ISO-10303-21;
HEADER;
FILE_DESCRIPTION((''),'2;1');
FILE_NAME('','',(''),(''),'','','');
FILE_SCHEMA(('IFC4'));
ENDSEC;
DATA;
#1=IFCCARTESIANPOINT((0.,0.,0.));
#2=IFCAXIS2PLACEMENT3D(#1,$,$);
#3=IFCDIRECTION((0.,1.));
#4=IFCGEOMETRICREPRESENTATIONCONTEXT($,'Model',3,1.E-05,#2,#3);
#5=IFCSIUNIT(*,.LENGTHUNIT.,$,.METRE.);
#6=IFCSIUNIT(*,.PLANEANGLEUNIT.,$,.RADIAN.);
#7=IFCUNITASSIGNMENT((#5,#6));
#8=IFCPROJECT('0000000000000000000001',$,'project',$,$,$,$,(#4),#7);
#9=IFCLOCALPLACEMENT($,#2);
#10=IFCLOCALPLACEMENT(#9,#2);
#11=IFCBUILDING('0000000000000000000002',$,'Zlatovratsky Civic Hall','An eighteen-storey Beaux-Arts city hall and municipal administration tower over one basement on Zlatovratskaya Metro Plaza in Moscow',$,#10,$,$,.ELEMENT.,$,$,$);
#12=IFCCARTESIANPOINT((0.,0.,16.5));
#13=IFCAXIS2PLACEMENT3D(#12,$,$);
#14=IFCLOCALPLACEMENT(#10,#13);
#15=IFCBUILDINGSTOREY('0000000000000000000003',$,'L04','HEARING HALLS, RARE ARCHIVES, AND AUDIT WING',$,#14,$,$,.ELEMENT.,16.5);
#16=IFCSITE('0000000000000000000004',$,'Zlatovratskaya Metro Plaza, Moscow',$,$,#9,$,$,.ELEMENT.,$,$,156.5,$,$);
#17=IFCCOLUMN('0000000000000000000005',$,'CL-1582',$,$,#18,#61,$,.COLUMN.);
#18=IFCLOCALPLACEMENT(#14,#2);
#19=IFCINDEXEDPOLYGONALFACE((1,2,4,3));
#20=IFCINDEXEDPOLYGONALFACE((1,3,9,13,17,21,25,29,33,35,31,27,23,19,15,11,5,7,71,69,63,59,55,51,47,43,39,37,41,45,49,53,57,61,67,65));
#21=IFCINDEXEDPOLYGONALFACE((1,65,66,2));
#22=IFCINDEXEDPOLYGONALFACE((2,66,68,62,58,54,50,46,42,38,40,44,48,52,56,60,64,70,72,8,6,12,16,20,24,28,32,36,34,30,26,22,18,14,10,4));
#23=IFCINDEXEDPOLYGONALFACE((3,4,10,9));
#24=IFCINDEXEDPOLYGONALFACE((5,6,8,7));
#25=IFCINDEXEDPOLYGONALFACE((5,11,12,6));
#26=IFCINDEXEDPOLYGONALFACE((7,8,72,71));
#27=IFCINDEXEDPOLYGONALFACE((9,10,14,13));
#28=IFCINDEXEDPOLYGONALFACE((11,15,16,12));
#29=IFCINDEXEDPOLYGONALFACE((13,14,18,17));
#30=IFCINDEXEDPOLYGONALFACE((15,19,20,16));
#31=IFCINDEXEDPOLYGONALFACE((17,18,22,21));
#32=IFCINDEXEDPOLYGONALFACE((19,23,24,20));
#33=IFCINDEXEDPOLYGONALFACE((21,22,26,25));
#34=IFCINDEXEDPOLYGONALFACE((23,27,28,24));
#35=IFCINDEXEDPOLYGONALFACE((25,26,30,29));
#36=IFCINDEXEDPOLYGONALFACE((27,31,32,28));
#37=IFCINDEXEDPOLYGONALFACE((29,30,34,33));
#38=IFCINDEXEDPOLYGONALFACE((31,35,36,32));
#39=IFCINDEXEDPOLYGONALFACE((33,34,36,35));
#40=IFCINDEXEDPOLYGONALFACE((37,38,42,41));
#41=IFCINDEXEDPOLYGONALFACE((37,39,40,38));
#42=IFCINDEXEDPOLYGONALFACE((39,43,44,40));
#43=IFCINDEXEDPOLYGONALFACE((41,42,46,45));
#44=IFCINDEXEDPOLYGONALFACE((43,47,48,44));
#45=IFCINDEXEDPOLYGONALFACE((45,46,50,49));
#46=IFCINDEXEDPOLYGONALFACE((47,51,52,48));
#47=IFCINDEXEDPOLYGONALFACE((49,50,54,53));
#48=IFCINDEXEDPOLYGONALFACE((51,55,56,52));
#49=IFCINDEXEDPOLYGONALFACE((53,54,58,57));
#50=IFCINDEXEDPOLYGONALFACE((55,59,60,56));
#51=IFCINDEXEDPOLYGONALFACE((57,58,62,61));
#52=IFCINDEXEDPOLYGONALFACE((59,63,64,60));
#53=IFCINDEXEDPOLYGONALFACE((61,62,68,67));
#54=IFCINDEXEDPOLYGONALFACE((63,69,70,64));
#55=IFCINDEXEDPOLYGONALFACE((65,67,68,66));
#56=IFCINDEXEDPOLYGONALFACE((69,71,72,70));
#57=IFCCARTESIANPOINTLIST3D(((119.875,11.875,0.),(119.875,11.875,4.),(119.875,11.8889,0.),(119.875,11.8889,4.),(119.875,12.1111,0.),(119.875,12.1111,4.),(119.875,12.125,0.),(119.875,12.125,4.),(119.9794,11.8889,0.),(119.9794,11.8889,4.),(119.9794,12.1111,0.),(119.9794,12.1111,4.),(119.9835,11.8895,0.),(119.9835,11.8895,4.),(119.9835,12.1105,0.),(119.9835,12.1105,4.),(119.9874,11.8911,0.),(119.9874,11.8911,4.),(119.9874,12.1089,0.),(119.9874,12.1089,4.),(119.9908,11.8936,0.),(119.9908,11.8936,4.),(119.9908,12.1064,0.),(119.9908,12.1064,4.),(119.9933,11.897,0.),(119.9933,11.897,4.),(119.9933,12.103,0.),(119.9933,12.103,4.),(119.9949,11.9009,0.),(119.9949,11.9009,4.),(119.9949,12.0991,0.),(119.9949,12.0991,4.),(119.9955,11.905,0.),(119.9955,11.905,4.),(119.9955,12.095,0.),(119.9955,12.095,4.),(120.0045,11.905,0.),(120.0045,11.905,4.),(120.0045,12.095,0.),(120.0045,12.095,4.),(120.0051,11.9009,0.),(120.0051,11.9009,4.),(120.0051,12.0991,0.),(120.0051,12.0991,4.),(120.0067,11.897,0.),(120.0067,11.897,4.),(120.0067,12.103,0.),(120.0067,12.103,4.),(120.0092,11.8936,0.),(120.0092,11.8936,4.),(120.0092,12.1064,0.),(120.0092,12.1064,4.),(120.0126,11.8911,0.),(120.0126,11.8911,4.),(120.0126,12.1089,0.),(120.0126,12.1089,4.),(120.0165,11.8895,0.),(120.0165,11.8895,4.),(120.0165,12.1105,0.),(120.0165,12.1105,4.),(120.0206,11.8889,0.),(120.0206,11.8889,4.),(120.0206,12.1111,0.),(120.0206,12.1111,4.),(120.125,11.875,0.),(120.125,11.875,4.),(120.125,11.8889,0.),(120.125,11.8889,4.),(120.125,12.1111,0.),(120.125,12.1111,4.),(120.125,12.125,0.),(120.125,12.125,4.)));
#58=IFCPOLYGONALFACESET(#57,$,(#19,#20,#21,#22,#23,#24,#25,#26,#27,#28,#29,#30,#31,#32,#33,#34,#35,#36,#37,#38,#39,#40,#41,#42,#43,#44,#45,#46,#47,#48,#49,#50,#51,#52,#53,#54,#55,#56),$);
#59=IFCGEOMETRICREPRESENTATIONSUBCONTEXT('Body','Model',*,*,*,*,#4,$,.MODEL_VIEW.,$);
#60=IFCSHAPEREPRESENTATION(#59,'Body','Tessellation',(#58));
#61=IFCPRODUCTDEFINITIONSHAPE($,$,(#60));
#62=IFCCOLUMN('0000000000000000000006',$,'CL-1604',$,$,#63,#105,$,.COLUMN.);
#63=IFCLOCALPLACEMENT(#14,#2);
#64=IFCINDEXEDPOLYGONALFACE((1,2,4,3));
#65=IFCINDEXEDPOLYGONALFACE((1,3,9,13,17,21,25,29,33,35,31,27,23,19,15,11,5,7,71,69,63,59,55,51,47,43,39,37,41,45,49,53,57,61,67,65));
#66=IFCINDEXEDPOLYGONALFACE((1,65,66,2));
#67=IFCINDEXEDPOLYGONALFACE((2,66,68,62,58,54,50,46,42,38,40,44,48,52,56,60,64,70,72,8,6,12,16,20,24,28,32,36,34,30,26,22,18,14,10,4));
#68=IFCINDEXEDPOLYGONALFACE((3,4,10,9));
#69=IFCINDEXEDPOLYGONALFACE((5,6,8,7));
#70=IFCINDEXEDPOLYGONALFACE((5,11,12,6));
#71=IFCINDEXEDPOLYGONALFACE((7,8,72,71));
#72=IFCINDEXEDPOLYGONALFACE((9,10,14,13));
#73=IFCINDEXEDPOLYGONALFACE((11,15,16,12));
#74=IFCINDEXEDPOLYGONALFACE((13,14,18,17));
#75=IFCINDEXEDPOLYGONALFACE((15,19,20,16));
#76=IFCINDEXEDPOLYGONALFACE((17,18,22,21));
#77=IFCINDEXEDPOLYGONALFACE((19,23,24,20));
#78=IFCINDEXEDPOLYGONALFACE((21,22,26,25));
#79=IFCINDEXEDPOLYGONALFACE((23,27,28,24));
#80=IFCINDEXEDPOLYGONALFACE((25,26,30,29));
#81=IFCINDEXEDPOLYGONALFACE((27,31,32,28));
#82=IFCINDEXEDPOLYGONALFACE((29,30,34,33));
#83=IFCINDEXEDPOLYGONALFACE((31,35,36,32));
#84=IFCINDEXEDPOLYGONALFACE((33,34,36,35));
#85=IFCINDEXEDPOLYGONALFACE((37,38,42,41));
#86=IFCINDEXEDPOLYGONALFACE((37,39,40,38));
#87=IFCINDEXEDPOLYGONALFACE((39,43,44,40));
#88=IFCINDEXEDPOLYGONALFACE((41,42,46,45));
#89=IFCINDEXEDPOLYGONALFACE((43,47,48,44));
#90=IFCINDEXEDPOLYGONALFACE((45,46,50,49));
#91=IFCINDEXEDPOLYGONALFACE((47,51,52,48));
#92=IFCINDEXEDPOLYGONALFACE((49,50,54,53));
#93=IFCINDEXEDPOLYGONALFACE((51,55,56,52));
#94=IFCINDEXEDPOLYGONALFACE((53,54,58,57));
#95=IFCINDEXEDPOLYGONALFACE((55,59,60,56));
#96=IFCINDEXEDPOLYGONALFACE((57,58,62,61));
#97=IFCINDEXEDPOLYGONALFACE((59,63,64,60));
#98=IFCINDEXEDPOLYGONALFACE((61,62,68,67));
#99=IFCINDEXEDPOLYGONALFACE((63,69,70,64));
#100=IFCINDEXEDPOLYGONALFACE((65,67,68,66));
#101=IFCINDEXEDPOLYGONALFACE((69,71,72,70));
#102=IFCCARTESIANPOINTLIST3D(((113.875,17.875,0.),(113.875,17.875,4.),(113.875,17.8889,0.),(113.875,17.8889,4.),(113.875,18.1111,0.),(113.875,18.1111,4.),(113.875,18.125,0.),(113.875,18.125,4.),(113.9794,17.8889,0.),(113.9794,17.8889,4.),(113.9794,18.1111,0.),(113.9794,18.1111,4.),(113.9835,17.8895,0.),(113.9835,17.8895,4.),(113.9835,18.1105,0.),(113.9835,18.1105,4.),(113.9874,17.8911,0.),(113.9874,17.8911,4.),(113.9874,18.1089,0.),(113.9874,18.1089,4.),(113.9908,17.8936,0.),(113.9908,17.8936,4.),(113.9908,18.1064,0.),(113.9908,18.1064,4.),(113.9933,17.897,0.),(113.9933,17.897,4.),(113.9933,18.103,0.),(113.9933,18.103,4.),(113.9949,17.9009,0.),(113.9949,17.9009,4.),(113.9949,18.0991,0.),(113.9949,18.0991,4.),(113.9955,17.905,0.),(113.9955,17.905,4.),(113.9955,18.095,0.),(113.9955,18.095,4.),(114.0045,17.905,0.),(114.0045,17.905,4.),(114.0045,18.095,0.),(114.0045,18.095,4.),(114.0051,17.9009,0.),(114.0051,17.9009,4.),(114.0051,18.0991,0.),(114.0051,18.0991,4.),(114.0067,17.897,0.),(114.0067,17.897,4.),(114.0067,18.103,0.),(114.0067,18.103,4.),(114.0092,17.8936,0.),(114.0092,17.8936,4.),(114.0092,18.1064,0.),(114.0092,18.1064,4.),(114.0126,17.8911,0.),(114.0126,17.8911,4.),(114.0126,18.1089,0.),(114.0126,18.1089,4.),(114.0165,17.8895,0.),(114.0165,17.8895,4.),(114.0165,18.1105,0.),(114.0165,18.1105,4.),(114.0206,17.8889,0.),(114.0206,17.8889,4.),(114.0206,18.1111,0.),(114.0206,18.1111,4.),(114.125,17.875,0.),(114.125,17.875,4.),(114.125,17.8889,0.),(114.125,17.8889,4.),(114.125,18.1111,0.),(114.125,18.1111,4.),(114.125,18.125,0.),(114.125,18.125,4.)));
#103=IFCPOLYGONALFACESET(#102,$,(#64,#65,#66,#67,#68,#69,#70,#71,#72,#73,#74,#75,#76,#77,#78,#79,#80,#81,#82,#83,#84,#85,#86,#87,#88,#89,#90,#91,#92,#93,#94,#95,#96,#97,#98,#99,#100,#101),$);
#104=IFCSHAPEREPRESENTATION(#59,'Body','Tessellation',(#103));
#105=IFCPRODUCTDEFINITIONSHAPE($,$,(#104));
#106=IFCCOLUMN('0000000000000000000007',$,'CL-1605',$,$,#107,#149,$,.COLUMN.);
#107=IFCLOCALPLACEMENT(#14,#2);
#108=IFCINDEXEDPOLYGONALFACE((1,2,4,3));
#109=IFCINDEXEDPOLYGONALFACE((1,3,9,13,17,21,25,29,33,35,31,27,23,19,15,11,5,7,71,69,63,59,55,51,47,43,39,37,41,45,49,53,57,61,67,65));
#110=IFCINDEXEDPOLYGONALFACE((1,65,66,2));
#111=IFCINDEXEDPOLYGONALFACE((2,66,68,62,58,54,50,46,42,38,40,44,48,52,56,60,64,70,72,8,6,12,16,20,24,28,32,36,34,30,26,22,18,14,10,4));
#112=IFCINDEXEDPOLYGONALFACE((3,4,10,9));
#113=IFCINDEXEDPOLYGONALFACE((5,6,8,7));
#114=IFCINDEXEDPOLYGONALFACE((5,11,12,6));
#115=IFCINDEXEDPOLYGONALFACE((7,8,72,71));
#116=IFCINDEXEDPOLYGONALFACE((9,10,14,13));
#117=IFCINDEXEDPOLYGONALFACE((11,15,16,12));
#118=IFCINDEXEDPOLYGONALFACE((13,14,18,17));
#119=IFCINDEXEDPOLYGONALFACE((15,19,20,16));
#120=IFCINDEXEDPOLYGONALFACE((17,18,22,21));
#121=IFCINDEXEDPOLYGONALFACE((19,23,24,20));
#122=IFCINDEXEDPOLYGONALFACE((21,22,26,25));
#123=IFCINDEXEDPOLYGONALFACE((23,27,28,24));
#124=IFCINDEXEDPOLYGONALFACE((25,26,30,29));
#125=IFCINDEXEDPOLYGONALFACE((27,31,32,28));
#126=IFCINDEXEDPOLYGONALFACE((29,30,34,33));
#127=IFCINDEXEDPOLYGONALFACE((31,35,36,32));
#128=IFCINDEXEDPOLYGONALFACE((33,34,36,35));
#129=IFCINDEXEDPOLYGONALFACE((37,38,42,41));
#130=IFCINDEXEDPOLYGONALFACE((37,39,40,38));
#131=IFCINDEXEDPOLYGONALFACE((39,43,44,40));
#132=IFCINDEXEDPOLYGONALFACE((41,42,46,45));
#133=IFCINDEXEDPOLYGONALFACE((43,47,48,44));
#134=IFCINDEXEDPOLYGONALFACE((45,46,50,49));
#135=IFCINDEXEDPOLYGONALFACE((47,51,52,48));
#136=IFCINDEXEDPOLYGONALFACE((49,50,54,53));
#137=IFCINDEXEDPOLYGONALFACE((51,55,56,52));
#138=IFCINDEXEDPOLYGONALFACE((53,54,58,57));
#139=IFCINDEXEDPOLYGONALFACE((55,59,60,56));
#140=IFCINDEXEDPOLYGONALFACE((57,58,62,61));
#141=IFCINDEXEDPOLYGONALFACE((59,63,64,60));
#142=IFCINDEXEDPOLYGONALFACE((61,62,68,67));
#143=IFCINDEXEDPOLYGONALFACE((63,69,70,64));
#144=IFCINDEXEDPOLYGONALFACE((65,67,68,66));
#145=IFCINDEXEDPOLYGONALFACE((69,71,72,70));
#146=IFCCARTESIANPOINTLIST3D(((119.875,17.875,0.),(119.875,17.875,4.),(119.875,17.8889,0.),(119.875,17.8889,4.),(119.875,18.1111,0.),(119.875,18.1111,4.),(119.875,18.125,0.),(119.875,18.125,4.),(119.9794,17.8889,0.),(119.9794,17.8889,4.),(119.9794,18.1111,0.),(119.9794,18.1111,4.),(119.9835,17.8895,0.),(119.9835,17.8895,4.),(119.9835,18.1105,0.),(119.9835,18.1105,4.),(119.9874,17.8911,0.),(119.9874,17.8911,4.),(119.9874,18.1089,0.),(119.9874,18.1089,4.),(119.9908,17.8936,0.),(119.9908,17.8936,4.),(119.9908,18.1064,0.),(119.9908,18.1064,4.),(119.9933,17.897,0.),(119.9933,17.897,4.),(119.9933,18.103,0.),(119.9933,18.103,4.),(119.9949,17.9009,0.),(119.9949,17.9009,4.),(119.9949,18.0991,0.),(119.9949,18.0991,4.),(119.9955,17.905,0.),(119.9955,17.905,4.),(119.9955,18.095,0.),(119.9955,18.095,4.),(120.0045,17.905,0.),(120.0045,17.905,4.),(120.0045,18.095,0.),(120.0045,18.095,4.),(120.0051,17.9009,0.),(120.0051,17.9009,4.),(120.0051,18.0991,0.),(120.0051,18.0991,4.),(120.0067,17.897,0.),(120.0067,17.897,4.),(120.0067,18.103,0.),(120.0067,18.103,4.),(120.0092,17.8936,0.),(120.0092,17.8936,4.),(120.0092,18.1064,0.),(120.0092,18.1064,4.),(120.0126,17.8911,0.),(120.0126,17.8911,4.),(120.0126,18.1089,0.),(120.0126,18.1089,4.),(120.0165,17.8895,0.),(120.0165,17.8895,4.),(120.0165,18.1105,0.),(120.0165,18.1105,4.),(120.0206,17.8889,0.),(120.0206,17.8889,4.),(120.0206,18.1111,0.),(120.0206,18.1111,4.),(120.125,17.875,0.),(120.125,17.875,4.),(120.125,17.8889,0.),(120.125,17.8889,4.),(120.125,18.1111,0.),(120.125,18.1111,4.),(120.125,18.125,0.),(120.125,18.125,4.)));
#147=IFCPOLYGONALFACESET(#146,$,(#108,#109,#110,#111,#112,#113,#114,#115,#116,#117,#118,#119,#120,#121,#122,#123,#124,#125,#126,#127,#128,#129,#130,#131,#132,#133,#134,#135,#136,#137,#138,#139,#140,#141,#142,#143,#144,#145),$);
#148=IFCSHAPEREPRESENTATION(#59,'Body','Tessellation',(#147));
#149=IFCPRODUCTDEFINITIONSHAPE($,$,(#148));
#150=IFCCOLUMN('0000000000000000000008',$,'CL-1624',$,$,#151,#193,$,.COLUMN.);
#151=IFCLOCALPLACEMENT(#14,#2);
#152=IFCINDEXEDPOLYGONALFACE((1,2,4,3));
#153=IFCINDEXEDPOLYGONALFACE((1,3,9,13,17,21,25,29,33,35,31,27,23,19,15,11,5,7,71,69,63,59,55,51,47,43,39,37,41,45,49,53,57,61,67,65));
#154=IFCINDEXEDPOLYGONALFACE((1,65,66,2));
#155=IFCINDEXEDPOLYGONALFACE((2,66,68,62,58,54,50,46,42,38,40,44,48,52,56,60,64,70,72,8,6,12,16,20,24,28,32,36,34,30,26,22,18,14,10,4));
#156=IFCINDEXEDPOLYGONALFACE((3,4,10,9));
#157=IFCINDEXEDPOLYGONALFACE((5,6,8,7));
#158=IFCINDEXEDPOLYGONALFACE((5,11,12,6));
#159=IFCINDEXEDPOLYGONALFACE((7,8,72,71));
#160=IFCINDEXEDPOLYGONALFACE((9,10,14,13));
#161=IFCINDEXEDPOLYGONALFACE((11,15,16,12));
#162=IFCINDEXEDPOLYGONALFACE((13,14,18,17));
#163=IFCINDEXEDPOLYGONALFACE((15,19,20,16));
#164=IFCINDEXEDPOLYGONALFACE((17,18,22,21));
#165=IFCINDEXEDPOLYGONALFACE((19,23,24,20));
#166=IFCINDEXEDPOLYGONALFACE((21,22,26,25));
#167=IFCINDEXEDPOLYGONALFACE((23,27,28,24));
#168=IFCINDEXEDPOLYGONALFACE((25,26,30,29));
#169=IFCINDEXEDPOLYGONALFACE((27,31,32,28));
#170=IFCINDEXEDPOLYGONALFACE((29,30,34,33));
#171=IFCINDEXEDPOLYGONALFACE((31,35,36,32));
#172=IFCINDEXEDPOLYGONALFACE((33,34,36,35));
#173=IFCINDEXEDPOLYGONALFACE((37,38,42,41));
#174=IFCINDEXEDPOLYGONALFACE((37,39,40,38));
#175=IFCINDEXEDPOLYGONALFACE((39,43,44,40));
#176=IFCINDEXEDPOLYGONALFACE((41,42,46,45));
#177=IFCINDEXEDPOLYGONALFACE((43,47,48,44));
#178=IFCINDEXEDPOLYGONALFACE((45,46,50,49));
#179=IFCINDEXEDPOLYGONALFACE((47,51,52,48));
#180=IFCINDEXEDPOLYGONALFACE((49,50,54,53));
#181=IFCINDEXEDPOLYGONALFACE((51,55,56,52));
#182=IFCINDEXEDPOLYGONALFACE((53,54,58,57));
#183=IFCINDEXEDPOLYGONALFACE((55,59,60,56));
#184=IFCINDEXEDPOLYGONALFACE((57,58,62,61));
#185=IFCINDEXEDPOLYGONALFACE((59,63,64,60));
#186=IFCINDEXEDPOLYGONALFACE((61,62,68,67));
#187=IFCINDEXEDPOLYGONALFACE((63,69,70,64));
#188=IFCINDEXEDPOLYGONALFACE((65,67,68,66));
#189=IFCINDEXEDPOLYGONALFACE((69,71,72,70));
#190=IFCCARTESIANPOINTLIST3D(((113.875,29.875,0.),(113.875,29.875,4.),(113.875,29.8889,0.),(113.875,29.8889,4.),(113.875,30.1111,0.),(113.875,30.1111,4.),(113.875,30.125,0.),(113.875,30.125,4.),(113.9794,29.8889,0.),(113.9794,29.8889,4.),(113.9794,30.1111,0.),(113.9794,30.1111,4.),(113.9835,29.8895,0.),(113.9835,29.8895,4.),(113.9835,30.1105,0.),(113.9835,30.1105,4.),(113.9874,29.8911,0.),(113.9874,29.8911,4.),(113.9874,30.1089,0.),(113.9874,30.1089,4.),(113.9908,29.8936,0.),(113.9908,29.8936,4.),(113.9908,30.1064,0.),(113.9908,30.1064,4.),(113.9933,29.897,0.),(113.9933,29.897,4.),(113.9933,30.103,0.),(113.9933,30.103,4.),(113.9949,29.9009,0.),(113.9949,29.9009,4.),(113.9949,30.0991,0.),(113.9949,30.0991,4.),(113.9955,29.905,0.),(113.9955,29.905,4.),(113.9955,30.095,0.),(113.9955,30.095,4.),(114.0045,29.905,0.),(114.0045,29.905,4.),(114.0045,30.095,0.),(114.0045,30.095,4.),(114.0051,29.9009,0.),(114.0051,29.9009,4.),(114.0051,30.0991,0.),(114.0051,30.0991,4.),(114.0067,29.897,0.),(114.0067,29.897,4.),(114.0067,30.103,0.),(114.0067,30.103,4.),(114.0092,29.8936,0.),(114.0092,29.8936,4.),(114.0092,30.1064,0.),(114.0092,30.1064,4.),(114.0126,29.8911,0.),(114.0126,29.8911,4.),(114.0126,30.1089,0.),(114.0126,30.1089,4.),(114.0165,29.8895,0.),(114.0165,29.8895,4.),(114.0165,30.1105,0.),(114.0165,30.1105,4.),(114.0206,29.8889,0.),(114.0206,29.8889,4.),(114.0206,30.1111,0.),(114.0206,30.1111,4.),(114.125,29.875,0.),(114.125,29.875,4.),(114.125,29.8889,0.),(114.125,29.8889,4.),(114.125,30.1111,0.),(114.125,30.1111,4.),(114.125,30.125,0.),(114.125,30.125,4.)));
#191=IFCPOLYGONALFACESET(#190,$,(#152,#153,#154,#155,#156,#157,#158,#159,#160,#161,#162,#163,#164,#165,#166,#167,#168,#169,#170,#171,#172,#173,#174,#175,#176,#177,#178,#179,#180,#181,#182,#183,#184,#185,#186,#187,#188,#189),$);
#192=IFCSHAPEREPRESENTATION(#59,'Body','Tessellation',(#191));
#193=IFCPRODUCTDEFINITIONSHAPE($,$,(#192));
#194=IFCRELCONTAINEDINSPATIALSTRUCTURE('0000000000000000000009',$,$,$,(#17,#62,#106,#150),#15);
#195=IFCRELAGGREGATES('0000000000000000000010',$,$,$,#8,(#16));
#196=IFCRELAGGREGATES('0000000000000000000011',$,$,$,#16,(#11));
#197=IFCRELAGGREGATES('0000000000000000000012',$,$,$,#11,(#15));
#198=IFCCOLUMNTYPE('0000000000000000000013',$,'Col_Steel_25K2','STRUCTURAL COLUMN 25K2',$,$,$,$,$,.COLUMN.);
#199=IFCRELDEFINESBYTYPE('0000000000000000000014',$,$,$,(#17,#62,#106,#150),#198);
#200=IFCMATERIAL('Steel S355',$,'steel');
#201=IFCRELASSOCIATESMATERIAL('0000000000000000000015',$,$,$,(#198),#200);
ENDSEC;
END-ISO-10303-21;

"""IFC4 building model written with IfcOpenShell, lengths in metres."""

from ifc_helpers import new_model, si_unit, direction, frame, origin, origin_2d, place, context, subcontext, project, spatial, i_section, extrude, material, material_profile, profile_set, type_object, element, save


model = new_model("IFC4")

# Units and contexts
model_context = context("Model", 3, precision=1e-05, world=origin(), true_north=direction((0.0, 1.0)))
body_context = subcontext(model_context, "Body", "Model", "MODEL_VIEW")
ifc_project = project(units=[si_unit("LENGTHUNIT", "METRE"), si_unit("PLANEANGLEUNIT", "RADIAN")], contexts=[model_context])

# Site, building, storey
site_placement = place(None, origin())
site = spatial("IfcSite", under=ifc_project, at=site_placement, Name="Zlatovratskaya Metro Plaza, Moscow", CompositionType="ELEMENT", RefElevation=156.5)
building_placement = place(site_placement, origin())
building = spatial("IfcBuilding", under=site, at=building_placement, Name="Zlatovratsky Civic Hall", Description="An eighteen-storey Beaux-Arts city hall and municipal administration tower over one basement on Zlatovratskaya Metro Plaza in Moscow", CompositionType="ELEMENT")
storey_placement = place(building_placement, frame((0.0, 0.0, 16.5)))
storey = spatial("IfcBuildingStorey", under=building, at=storey_placement, Name="L04", Description="HEARING HALLS, RARE ARCHIVES, AND AUDIT WING", CompositionType="ELEMENT", Elevation=16.5)

# Columns
ifc_material_1 = material(Name="Steel S355", Category="steel")
ifc_material_profile_1 = material_profile(ifc_material_1, i_section(OverallWidth=0.25, OverallDepth=0.25, WebThickness=0.009, FlangeThickness=0.0139, FilletRadius=0.0161, at=origin_2d()), Name="25K2")
ifc_profile_set_1 = profile_set([ifc_material_profile_1], Name="Steel S355")
column_type = type_object("IfcColumnType", Name="Col_Steel_25K2", Description="STRUCTURAL COLUMN 25K2", PredefinedType="COLUMN", material=ifc_profile_set_1)
for number, where, z_axis, x_axis, name in (
    (1, (120.0, 12.0, 0.0), (0.0, 0.0, 1.0), (1.0, 0.0, 0.0), "CL-1582"),
    (2, (114.0, 18.0, 0.0), (0.0, 0.0, 1.0), (1.0, 0.0, 0.0), "CL-1604"),
    (3, (120.0, 18.0, 0.0), (0.0, 0.0, 1.0), (1.0, 0.0, 0.0), "CL-1605"),
    (4, (114.0, 30.0, 0.0), (0.0, 0.0, 1.0), (1.0, 0.0, 0.0), "CL-1624"),
):
    element("IfcColumn", number, at=place(storey_placement, frame(where, z_axis=z_axis, x_axis=x_axis)), inside=storey, type_object=column_type, Name=name, PredefinedType="COLUMN", context=body_context, shape_type="SweptSolid", body=[
        extrude(i_section(OverallWidth=0.25, OverallDepth=0.25, WebThickness=0.009, FlangeThickness=0.0139, FilletRadius=0.0161, at=origin_2d()), origin(), (0.0, 0.0, 1.0), 4.0),
    ])

save(model, "model.ifc")
